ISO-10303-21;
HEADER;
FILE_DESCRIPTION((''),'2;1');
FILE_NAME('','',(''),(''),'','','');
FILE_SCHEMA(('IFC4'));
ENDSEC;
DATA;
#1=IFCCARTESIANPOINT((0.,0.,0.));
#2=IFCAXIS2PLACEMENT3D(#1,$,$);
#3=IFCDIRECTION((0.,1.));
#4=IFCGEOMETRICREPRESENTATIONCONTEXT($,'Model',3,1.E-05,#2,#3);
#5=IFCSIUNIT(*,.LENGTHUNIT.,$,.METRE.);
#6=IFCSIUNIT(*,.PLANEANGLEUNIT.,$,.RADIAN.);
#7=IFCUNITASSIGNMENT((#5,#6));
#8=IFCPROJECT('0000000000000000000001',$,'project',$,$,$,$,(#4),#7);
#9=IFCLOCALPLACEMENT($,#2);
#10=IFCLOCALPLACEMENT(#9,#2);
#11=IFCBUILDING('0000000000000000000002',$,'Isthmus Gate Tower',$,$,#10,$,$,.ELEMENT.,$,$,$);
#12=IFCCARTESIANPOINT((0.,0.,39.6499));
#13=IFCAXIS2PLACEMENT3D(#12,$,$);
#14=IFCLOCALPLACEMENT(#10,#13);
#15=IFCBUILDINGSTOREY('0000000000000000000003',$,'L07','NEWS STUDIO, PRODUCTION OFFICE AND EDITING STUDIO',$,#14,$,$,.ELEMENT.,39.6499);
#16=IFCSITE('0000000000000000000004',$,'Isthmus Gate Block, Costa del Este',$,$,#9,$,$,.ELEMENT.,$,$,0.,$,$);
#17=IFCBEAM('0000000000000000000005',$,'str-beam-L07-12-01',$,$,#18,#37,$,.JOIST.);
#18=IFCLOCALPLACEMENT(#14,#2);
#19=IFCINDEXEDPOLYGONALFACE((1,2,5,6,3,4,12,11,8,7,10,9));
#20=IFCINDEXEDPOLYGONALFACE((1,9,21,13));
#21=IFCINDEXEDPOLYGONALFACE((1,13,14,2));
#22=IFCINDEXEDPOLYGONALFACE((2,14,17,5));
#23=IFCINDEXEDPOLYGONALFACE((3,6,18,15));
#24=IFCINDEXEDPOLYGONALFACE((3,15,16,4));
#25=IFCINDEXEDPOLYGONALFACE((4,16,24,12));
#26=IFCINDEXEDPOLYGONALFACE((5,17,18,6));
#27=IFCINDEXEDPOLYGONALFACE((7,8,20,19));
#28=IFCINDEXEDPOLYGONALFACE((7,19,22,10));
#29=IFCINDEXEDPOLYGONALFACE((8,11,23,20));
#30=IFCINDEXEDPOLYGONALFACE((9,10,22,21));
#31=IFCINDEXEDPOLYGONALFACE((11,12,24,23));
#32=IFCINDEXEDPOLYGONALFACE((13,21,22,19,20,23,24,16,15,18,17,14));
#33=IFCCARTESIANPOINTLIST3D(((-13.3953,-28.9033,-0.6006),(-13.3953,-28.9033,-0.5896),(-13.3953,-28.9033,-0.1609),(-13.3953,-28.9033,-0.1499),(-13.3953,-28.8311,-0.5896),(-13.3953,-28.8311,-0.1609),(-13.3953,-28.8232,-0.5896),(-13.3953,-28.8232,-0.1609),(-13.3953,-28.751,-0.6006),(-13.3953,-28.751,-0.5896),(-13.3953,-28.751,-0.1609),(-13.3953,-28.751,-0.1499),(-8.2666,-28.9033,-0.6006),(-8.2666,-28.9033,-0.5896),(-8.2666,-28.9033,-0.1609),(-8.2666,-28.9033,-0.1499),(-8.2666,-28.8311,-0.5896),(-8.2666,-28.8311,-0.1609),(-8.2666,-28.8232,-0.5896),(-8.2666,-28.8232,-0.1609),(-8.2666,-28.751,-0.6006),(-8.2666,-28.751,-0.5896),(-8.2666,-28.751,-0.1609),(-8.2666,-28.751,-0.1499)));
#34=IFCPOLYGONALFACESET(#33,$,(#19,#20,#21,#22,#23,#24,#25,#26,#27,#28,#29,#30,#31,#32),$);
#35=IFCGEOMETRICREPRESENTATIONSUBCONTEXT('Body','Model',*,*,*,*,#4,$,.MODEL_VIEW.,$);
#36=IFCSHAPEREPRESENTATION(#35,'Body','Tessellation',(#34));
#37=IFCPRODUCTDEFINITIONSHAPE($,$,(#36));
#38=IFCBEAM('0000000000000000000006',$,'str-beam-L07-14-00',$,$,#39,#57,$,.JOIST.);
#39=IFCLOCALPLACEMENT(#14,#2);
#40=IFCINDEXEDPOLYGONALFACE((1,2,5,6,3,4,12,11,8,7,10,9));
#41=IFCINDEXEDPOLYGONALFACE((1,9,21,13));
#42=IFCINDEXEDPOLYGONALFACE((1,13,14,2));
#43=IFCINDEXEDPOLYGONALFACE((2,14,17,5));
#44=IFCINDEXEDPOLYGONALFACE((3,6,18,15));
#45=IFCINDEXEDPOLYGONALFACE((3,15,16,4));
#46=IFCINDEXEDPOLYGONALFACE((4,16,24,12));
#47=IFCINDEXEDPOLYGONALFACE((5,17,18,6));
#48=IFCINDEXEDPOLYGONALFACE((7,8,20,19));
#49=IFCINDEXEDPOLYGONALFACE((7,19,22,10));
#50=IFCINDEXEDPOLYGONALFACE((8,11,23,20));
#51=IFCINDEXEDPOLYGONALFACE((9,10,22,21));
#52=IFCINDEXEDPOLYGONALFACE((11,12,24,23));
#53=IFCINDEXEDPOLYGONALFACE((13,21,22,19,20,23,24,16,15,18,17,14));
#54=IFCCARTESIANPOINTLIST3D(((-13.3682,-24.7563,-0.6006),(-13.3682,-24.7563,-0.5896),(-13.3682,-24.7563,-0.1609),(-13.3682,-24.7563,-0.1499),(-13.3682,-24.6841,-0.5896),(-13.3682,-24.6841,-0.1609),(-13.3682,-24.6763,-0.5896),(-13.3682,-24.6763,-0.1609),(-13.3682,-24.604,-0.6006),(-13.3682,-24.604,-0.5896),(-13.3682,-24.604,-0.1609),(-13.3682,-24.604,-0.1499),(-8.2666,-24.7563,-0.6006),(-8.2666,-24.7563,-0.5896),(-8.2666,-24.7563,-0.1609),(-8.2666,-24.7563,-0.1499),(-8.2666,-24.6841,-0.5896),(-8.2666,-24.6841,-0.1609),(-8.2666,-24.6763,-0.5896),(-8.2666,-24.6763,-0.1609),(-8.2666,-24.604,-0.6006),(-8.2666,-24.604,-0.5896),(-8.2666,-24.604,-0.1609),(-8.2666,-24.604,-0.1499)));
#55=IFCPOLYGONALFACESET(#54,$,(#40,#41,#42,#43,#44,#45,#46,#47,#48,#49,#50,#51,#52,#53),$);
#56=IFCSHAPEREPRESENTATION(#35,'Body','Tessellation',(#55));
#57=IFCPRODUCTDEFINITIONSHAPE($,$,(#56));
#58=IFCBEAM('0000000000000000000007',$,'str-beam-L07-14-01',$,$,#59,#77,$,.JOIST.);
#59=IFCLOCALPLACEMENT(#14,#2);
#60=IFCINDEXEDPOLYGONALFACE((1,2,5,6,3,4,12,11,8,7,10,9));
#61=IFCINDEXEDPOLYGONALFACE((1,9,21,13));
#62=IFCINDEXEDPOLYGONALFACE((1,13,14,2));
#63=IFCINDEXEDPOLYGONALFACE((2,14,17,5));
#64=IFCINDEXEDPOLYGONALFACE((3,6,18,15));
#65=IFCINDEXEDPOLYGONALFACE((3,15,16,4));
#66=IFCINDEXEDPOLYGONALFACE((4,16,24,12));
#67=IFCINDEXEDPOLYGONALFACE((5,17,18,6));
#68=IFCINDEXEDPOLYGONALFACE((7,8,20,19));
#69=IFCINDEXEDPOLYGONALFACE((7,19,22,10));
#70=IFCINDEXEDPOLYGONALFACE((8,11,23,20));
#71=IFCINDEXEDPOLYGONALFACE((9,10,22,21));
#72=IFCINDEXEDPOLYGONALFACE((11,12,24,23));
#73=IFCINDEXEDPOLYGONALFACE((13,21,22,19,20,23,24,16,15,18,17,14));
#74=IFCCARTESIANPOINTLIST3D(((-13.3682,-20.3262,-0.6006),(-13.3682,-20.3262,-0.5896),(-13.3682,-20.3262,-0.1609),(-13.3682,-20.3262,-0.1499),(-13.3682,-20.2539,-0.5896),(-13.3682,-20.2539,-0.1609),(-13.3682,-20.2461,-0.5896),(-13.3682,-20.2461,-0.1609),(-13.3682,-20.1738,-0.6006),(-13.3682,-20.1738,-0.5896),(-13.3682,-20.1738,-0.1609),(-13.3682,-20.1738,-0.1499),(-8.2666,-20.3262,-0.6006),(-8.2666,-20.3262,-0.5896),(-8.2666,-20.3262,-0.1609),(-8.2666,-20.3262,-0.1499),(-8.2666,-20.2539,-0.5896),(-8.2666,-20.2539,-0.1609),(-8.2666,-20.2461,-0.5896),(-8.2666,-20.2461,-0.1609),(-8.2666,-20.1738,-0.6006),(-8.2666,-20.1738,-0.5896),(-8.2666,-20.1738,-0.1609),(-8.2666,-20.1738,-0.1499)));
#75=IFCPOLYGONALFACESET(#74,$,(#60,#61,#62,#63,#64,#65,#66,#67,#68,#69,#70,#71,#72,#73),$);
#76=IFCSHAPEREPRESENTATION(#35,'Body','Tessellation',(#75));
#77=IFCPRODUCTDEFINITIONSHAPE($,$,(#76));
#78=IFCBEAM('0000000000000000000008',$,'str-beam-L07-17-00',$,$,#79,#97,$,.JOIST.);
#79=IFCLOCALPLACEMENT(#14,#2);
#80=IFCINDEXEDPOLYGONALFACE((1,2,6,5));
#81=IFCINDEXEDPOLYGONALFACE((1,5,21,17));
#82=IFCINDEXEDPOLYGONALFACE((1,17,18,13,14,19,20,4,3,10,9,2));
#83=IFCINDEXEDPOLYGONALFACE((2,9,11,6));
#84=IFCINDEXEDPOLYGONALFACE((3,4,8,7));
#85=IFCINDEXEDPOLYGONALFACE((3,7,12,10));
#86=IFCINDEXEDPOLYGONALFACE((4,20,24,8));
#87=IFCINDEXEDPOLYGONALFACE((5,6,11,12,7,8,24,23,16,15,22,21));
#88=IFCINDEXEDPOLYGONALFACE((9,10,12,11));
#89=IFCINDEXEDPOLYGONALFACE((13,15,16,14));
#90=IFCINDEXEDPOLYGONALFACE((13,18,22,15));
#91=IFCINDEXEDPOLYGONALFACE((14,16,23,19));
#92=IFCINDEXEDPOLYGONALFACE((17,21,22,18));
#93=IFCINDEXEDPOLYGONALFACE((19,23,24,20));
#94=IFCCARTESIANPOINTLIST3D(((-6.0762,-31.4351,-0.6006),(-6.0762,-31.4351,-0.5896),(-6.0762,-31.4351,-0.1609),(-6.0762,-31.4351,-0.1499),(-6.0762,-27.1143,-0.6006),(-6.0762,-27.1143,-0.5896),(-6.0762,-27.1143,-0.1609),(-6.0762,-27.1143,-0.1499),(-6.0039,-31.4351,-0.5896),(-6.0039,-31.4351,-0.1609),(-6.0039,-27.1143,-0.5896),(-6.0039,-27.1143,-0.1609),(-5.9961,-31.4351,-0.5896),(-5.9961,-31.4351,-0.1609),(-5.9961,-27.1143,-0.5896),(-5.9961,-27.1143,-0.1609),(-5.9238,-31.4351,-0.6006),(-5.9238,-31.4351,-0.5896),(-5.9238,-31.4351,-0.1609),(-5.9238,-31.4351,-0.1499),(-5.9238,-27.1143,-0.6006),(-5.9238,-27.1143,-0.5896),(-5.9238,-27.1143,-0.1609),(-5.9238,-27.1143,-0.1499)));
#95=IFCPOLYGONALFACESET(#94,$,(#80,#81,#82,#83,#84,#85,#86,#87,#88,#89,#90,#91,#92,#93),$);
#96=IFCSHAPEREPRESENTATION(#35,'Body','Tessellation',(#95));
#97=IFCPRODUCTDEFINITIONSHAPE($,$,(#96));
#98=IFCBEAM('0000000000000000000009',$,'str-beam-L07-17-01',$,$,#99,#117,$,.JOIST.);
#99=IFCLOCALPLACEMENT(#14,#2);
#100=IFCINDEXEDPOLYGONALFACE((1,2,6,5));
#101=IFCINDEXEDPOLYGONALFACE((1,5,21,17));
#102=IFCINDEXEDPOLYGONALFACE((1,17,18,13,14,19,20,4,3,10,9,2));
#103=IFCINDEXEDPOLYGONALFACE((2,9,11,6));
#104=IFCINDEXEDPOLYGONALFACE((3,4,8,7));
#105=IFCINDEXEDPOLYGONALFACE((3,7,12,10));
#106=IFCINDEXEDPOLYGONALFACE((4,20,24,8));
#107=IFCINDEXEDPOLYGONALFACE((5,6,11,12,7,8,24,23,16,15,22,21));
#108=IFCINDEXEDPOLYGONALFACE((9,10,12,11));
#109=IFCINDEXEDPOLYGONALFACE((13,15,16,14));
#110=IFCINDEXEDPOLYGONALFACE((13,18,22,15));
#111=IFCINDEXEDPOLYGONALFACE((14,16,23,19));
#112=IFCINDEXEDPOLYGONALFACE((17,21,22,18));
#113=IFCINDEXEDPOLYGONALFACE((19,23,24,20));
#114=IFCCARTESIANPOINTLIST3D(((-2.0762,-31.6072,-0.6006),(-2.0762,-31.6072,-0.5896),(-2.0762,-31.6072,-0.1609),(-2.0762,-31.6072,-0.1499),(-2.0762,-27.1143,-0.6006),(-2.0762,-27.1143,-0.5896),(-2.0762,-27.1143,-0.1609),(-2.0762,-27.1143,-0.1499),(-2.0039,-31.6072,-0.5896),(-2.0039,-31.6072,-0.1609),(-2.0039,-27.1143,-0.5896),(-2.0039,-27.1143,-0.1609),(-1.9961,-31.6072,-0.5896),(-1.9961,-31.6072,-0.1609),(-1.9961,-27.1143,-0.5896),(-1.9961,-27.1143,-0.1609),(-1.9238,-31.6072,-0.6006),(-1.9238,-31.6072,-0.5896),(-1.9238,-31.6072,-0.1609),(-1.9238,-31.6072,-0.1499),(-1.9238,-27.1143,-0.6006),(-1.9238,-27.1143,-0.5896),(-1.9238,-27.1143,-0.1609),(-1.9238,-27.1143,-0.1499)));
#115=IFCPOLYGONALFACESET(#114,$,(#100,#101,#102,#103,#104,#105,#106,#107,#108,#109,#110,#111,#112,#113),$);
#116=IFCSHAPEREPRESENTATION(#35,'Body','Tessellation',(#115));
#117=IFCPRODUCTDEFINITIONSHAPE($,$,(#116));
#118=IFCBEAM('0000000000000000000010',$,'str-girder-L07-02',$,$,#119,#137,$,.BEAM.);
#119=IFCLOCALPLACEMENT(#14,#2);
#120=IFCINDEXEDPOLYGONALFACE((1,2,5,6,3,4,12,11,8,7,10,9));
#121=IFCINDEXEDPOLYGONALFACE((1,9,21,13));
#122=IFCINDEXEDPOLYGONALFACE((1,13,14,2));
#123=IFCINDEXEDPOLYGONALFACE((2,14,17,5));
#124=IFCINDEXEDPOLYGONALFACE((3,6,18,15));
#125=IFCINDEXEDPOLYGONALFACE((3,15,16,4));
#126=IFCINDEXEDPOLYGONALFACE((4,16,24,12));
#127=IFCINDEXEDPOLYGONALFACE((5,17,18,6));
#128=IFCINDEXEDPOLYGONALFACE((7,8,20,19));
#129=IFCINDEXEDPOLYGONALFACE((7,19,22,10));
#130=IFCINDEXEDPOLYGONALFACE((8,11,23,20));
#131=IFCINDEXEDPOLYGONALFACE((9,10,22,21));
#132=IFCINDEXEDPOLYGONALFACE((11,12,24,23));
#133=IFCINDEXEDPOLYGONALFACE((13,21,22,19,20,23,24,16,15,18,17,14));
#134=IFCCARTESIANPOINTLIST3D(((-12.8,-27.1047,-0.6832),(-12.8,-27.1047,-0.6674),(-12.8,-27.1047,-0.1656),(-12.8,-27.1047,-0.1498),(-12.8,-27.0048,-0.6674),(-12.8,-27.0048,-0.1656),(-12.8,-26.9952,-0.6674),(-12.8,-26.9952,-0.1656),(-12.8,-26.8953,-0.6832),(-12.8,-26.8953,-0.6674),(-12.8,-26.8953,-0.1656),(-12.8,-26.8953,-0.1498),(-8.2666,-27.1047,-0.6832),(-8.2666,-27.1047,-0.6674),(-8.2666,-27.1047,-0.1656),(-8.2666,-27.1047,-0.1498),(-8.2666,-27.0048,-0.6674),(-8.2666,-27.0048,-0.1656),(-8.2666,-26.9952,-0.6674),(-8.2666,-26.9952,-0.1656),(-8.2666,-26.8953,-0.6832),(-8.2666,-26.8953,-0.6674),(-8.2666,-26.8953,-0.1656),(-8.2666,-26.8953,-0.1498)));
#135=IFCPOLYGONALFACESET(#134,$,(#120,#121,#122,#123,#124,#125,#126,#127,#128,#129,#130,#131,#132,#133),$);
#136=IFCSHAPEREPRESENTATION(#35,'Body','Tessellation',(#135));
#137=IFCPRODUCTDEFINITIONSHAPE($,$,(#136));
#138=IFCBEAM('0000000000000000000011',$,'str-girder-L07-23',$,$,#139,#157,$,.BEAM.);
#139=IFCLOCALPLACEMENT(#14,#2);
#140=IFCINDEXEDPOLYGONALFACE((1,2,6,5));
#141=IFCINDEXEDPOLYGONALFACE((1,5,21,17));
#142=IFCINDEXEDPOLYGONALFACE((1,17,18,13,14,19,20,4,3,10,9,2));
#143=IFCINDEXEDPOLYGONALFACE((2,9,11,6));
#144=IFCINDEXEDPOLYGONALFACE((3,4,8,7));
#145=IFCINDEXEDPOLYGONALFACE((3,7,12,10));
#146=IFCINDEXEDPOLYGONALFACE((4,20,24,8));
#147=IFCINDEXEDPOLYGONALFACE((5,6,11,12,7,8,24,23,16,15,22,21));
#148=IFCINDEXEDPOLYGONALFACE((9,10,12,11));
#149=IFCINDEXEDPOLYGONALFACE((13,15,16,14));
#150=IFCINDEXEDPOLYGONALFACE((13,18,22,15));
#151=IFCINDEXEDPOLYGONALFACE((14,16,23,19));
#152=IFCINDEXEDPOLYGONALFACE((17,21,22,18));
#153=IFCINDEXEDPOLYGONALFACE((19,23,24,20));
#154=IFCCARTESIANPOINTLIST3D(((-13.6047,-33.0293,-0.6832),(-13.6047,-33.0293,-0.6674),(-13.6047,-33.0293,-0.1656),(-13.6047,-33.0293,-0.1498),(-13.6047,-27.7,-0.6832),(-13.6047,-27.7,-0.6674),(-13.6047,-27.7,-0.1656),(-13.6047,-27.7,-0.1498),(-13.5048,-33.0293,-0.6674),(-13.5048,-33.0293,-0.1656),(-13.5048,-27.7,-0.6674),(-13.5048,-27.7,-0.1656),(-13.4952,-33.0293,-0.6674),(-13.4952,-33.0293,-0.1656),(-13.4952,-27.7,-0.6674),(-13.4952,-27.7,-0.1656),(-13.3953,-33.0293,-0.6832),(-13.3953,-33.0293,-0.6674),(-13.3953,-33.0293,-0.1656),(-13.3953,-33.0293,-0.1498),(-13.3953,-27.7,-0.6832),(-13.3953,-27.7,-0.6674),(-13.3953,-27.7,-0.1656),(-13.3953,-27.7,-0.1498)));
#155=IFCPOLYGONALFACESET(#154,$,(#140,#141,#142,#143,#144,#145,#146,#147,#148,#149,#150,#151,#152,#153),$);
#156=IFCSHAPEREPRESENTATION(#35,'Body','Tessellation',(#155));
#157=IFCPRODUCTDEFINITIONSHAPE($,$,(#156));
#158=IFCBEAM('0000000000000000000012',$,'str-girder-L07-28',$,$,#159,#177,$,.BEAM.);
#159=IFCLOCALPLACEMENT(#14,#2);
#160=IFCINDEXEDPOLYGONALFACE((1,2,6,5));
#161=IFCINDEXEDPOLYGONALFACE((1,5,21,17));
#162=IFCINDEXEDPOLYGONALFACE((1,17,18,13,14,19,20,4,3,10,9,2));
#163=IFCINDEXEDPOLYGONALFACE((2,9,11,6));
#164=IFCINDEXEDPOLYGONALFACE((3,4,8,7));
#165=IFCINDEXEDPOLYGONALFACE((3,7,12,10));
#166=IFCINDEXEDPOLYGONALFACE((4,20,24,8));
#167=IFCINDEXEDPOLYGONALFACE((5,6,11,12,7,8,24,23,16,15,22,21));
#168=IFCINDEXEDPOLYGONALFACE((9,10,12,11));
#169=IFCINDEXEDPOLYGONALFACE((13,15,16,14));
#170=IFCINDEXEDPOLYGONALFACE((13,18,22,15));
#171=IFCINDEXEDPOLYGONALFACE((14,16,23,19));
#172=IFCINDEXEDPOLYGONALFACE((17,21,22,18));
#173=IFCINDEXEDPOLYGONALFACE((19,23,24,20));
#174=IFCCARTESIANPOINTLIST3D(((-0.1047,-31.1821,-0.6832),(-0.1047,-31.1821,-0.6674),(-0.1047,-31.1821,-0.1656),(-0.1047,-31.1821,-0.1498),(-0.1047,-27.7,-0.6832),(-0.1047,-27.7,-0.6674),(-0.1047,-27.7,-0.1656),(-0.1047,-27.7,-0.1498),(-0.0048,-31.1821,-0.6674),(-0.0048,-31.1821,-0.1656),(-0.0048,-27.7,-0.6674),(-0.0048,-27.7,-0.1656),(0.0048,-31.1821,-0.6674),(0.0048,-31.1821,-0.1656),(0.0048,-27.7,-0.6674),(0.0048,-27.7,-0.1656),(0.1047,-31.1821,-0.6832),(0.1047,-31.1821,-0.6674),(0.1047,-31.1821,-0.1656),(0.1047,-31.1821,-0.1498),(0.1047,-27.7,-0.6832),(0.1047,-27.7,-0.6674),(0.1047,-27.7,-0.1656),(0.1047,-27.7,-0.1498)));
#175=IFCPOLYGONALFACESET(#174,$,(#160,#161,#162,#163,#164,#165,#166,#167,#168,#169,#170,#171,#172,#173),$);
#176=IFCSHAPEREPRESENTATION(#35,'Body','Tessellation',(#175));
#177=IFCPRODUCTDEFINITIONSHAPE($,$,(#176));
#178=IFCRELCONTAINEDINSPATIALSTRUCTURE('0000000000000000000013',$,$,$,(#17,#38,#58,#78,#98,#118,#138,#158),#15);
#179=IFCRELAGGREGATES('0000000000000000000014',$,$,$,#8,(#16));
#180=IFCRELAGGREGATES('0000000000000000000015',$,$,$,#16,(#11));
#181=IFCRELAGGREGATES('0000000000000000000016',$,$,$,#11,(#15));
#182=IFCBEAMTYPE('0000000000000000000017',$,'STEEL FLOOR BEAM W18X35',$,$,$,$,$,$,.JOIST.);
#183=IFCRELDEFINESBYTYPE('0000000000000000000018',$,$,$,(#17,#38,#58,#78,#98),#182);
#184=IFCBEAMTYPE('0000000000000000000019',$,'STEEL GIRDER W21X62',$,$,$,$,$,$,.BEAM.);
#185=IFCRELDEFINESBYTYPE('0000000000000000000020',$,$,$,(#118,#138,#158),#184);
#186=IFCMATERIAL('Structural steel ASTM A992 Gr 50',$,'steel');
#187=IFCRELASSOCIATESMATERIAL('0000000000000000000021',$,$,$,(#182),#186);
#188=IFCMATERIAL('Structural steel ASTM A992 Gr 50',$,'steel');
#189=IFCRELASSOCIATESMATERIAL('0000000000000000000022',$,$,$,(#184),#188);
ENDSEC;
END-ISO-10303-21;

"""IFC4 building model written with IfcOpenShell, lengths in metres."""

from ifc_helpers import new_model, si_unit, direction, frame, origin, origin_2d, place, context, subcontext, project, spatial, i_section, extrude, material, material_profile, profile_set, type_object, element, save


model = new_model("IFC4")

# Units and contexts
model_context = context("Model", 3, precision=1e-05, world=origin(), true_north=direction((0.0, 1.0)))
body_context = subcontext(model_context, "Body", "Model", "MODEL_VIEW")
ifc_project = project(units=[si_unit("LENGTHUNIT", "METRE"), si_unit("PLANEANGLEUNIT", "RADIAN")], contexts=[model_context])

# Site, building, storey
site_placement = place(None, origin())
site = spatial("IfcSite", under=ifc_project, at=site_placement, Name="Isthmus Gate Block, Costa del Este", CompositionType="ELEMENT", RefElevation=0.0)
building_placement = place(site_placement, origin())
building = spatial("IfcBuilding", under=site, at=building_placement, Name="Isthmus Gate Tower", CompositionType="ELEMENT")
storey_placement = place(building_placement, frame((0.0, 0.0, 39.6499)))
storey = spatial("IfcBuildingStorey", under=building, at=storey_placement, Name="L07", Description="NEWS STUDIO, PRODUCTION OFFICE AND EDITING STUDIO", CompositionType="ELEMENT", Elevation=39.6499)

# Beams
ifc_material_1 = material(Name="Structural steel ASTM A992 Gr 50", Category="steel")
ifc_material_profile_1 = material_profile(ifc_material_1, i_section(OverallWidth=0.1523, OverallDepth=0.4507, WebThickness=0.0078, FlangeThickness=0.011, at=origin_2d()), Name="W18X35")
ifc_profile_set_1 = profile_set([ifc_material_profile_1], Name="Structural steel ASTM A992 Gr 50")
beam_type_1 = type_object("IfcBeamType", Name="STEEL FLOOR BEAM W18X35", PredefinedType="JOIST", material=ifc_profile_set_1)
for number, where, z_axis, x_axis, name in (
    (1, (-13.3953, -28.8271, -0.3752), (1.0, 0.0, 0.0), (0.0, 1.0, 0.0), "str-beam-L07-12-01"),
):
    element("IfcBeam", number, at=place(storey_placement, frame(where, z_axis=z_axis, x_axis=x_axis)), inside=storey, type_object=beam_type_1, Name=name, PredefinedType="JOIST", context=body_context, shape_type="SweptSolid", body=[
        extrude(i_section(OverallWidth=0.1523, OverallDepth=0.4507, WebThickness=0.0078, FlangeThickness=0.011, at=origin_2d()), origin(), (0.0, 0.0, 1.0), 5.1287),
    ])
for number, where, z_axis, x_axis, name in (
    (2, (-13.3682, -24.6802, -0.3752), (1.0, 0.0, 0.0), (0.0, 1.0, 0.0), "str-beam-L07-14-00"),
    (3, (-13.3682, -20.25, -0.3752), (1.0, 0.0, 0.0), (0.0, 1.0, 0.0), "str-beam-L07-14-01"),
):
    element("IfcBeam", number, at=place(storey_placement, frame(where, z_axis=z_axis, x_axis=x_axis)), inside=storey, type_object=beam_type_1, Name=name, PredefinedType="JOIST", context=body_context, shape_type="SweptSolid", body=[
        extrude(i_section(OverallWidth=0.1523, OverallDepth=0.4507, WebThickness=0.0078, FlangeThickness=0.011, at=origin_2d()), origin(), (0.0, 0.0, 1.0), 5.1016),
    ])
beam_1_placement = place(storey_placement, frame((-6.0, -31.4351, -0.3752), z_axis=(0.0, 1.0, 0.0), x_axis=(-1.0, 0.0, 0.0)))
element("IfcBeam", 4, at=beam_1_placement, inside=storey, type_object=beam_type_1, Name="str-beam-L07-17-00", PredefinedType="JOIST", context=body_context, shape_type="SweptSolid", body=[
    extrude(i_section(OverallWidth=0.1523, OverallDepth=0.4507, WebThickness=0.0078, FlangeThickness=0.011, at=origin_2d()), origin(), (0.0, 0.0, 1.0), 4.3208),
])
beam_2_placement = place(storey_placement, frame((-2.0, -31.6072, -0.3752), z_axis=(0.0, 1.0, 0.0), x_axis=(-1.0, 0.0, 0.0)))
element("IfcBeam", 5, at=beam_2_placement, inside=storey, type_object=beam_type_1, Name="str-beam-L07-17-01", PredefinedType="JOIST", context=body_context, shape_type="SweptSolid", body=[
    extrude(i_section(OverallWidth=0.1523, OverallDepth=0.4507, WebThickness=0.0078, FlangeThickness=0.011, at=origin_2d()), origin(), (0.0, 0.0, 1.0), 4.4929),
])
ifc_material_2 = material(Name="Structural steel ASTM A992 Gr 50", Category="steel")
ifc_material_profile_2 = material_profile(ifc_material_2, i_section(OverallWidth=0.2095, OverallDepth=0.5334, WebThickness=0.0095, FlangeThickness=0.0159, at=origin_2d()), Name="W21X62")
ifc_profile_set_2 = profile_set([ifc_material_profile_2], Name="Structural steel ASTM A992 Gr 50")
beam_type_2 = type_object("IfcBeamType", Name="STEEL GIRDER W21X62", PredefinedType="BEAM", material=ifc_profile_set_2)
beam_3_placement = place(storey_placement, frame((-12.8, -27.0, -0.4165), z_axis=(1.0, 0.0, 0.0), x_axis=(0.0, 1.0, 0.0)))
element("IfcBeam", 6, at=beam_3_placement, inside=storey, type_object=beam_type_2, Name="str-girder-L07-02", PredefinedType="BEAM", context=body_context, shape_type="SweptSolid", body=[
    extrude(i_section(OverallWidth=0.2095, OverallDepth=0.5334, WebThickness=0.0095, FlangeThickness=0.0159, at=origin_2d()), origin(), (0.0, 0.0, 1.0), 4.5334),
])
beam_4_placement = place(storey_placement, frame((-13.5, -33.0293, -0.4165), z_axis=(0.0, 1.0, 0.0), x_axis=(-1.0, 0.0, 0.0)))
element("IfcBeam", 7, at=beam_4_placement, inside=storey, type_object=beam_type_2, Name="str-girder-L07-23", PredefinedType="BEAM", context=body_context, shape_type="SweptSolid", body=[
    extrude(i_section(OverallWidth=0.2095, OverallDepth=0.5334, WebThickness=0.0095, FlangeThickness=0.0159, at=origin_2d()), origin(), (0.0, 0.0, 1.0), 5.3293),
])
beam_5_placement = place(storey_placement, frame((0.0, -31.1821, -0.4165), z_axis=(0.0, 1.0, 0.0), x_axis=(-1.0, 0.0, 0.0)))
element("IfcBeam", 8, at=beam_5_placement, inside=storey, type_object=beam_type_2, Name="str-girder-L07-28", PredefinedType="BEAM", context=body_context, shape_type="SweptSolid", body=[
    extrude(i_section(OverallWidth=0.2095, OverallDepth=0.5334, WebThickness=0.0095, FlangeThickness=0.0159, at=origin_2d()), origin(), (0.0, 0.0, 1.0), 3.4822),
])

save(model, "model.ifc")
